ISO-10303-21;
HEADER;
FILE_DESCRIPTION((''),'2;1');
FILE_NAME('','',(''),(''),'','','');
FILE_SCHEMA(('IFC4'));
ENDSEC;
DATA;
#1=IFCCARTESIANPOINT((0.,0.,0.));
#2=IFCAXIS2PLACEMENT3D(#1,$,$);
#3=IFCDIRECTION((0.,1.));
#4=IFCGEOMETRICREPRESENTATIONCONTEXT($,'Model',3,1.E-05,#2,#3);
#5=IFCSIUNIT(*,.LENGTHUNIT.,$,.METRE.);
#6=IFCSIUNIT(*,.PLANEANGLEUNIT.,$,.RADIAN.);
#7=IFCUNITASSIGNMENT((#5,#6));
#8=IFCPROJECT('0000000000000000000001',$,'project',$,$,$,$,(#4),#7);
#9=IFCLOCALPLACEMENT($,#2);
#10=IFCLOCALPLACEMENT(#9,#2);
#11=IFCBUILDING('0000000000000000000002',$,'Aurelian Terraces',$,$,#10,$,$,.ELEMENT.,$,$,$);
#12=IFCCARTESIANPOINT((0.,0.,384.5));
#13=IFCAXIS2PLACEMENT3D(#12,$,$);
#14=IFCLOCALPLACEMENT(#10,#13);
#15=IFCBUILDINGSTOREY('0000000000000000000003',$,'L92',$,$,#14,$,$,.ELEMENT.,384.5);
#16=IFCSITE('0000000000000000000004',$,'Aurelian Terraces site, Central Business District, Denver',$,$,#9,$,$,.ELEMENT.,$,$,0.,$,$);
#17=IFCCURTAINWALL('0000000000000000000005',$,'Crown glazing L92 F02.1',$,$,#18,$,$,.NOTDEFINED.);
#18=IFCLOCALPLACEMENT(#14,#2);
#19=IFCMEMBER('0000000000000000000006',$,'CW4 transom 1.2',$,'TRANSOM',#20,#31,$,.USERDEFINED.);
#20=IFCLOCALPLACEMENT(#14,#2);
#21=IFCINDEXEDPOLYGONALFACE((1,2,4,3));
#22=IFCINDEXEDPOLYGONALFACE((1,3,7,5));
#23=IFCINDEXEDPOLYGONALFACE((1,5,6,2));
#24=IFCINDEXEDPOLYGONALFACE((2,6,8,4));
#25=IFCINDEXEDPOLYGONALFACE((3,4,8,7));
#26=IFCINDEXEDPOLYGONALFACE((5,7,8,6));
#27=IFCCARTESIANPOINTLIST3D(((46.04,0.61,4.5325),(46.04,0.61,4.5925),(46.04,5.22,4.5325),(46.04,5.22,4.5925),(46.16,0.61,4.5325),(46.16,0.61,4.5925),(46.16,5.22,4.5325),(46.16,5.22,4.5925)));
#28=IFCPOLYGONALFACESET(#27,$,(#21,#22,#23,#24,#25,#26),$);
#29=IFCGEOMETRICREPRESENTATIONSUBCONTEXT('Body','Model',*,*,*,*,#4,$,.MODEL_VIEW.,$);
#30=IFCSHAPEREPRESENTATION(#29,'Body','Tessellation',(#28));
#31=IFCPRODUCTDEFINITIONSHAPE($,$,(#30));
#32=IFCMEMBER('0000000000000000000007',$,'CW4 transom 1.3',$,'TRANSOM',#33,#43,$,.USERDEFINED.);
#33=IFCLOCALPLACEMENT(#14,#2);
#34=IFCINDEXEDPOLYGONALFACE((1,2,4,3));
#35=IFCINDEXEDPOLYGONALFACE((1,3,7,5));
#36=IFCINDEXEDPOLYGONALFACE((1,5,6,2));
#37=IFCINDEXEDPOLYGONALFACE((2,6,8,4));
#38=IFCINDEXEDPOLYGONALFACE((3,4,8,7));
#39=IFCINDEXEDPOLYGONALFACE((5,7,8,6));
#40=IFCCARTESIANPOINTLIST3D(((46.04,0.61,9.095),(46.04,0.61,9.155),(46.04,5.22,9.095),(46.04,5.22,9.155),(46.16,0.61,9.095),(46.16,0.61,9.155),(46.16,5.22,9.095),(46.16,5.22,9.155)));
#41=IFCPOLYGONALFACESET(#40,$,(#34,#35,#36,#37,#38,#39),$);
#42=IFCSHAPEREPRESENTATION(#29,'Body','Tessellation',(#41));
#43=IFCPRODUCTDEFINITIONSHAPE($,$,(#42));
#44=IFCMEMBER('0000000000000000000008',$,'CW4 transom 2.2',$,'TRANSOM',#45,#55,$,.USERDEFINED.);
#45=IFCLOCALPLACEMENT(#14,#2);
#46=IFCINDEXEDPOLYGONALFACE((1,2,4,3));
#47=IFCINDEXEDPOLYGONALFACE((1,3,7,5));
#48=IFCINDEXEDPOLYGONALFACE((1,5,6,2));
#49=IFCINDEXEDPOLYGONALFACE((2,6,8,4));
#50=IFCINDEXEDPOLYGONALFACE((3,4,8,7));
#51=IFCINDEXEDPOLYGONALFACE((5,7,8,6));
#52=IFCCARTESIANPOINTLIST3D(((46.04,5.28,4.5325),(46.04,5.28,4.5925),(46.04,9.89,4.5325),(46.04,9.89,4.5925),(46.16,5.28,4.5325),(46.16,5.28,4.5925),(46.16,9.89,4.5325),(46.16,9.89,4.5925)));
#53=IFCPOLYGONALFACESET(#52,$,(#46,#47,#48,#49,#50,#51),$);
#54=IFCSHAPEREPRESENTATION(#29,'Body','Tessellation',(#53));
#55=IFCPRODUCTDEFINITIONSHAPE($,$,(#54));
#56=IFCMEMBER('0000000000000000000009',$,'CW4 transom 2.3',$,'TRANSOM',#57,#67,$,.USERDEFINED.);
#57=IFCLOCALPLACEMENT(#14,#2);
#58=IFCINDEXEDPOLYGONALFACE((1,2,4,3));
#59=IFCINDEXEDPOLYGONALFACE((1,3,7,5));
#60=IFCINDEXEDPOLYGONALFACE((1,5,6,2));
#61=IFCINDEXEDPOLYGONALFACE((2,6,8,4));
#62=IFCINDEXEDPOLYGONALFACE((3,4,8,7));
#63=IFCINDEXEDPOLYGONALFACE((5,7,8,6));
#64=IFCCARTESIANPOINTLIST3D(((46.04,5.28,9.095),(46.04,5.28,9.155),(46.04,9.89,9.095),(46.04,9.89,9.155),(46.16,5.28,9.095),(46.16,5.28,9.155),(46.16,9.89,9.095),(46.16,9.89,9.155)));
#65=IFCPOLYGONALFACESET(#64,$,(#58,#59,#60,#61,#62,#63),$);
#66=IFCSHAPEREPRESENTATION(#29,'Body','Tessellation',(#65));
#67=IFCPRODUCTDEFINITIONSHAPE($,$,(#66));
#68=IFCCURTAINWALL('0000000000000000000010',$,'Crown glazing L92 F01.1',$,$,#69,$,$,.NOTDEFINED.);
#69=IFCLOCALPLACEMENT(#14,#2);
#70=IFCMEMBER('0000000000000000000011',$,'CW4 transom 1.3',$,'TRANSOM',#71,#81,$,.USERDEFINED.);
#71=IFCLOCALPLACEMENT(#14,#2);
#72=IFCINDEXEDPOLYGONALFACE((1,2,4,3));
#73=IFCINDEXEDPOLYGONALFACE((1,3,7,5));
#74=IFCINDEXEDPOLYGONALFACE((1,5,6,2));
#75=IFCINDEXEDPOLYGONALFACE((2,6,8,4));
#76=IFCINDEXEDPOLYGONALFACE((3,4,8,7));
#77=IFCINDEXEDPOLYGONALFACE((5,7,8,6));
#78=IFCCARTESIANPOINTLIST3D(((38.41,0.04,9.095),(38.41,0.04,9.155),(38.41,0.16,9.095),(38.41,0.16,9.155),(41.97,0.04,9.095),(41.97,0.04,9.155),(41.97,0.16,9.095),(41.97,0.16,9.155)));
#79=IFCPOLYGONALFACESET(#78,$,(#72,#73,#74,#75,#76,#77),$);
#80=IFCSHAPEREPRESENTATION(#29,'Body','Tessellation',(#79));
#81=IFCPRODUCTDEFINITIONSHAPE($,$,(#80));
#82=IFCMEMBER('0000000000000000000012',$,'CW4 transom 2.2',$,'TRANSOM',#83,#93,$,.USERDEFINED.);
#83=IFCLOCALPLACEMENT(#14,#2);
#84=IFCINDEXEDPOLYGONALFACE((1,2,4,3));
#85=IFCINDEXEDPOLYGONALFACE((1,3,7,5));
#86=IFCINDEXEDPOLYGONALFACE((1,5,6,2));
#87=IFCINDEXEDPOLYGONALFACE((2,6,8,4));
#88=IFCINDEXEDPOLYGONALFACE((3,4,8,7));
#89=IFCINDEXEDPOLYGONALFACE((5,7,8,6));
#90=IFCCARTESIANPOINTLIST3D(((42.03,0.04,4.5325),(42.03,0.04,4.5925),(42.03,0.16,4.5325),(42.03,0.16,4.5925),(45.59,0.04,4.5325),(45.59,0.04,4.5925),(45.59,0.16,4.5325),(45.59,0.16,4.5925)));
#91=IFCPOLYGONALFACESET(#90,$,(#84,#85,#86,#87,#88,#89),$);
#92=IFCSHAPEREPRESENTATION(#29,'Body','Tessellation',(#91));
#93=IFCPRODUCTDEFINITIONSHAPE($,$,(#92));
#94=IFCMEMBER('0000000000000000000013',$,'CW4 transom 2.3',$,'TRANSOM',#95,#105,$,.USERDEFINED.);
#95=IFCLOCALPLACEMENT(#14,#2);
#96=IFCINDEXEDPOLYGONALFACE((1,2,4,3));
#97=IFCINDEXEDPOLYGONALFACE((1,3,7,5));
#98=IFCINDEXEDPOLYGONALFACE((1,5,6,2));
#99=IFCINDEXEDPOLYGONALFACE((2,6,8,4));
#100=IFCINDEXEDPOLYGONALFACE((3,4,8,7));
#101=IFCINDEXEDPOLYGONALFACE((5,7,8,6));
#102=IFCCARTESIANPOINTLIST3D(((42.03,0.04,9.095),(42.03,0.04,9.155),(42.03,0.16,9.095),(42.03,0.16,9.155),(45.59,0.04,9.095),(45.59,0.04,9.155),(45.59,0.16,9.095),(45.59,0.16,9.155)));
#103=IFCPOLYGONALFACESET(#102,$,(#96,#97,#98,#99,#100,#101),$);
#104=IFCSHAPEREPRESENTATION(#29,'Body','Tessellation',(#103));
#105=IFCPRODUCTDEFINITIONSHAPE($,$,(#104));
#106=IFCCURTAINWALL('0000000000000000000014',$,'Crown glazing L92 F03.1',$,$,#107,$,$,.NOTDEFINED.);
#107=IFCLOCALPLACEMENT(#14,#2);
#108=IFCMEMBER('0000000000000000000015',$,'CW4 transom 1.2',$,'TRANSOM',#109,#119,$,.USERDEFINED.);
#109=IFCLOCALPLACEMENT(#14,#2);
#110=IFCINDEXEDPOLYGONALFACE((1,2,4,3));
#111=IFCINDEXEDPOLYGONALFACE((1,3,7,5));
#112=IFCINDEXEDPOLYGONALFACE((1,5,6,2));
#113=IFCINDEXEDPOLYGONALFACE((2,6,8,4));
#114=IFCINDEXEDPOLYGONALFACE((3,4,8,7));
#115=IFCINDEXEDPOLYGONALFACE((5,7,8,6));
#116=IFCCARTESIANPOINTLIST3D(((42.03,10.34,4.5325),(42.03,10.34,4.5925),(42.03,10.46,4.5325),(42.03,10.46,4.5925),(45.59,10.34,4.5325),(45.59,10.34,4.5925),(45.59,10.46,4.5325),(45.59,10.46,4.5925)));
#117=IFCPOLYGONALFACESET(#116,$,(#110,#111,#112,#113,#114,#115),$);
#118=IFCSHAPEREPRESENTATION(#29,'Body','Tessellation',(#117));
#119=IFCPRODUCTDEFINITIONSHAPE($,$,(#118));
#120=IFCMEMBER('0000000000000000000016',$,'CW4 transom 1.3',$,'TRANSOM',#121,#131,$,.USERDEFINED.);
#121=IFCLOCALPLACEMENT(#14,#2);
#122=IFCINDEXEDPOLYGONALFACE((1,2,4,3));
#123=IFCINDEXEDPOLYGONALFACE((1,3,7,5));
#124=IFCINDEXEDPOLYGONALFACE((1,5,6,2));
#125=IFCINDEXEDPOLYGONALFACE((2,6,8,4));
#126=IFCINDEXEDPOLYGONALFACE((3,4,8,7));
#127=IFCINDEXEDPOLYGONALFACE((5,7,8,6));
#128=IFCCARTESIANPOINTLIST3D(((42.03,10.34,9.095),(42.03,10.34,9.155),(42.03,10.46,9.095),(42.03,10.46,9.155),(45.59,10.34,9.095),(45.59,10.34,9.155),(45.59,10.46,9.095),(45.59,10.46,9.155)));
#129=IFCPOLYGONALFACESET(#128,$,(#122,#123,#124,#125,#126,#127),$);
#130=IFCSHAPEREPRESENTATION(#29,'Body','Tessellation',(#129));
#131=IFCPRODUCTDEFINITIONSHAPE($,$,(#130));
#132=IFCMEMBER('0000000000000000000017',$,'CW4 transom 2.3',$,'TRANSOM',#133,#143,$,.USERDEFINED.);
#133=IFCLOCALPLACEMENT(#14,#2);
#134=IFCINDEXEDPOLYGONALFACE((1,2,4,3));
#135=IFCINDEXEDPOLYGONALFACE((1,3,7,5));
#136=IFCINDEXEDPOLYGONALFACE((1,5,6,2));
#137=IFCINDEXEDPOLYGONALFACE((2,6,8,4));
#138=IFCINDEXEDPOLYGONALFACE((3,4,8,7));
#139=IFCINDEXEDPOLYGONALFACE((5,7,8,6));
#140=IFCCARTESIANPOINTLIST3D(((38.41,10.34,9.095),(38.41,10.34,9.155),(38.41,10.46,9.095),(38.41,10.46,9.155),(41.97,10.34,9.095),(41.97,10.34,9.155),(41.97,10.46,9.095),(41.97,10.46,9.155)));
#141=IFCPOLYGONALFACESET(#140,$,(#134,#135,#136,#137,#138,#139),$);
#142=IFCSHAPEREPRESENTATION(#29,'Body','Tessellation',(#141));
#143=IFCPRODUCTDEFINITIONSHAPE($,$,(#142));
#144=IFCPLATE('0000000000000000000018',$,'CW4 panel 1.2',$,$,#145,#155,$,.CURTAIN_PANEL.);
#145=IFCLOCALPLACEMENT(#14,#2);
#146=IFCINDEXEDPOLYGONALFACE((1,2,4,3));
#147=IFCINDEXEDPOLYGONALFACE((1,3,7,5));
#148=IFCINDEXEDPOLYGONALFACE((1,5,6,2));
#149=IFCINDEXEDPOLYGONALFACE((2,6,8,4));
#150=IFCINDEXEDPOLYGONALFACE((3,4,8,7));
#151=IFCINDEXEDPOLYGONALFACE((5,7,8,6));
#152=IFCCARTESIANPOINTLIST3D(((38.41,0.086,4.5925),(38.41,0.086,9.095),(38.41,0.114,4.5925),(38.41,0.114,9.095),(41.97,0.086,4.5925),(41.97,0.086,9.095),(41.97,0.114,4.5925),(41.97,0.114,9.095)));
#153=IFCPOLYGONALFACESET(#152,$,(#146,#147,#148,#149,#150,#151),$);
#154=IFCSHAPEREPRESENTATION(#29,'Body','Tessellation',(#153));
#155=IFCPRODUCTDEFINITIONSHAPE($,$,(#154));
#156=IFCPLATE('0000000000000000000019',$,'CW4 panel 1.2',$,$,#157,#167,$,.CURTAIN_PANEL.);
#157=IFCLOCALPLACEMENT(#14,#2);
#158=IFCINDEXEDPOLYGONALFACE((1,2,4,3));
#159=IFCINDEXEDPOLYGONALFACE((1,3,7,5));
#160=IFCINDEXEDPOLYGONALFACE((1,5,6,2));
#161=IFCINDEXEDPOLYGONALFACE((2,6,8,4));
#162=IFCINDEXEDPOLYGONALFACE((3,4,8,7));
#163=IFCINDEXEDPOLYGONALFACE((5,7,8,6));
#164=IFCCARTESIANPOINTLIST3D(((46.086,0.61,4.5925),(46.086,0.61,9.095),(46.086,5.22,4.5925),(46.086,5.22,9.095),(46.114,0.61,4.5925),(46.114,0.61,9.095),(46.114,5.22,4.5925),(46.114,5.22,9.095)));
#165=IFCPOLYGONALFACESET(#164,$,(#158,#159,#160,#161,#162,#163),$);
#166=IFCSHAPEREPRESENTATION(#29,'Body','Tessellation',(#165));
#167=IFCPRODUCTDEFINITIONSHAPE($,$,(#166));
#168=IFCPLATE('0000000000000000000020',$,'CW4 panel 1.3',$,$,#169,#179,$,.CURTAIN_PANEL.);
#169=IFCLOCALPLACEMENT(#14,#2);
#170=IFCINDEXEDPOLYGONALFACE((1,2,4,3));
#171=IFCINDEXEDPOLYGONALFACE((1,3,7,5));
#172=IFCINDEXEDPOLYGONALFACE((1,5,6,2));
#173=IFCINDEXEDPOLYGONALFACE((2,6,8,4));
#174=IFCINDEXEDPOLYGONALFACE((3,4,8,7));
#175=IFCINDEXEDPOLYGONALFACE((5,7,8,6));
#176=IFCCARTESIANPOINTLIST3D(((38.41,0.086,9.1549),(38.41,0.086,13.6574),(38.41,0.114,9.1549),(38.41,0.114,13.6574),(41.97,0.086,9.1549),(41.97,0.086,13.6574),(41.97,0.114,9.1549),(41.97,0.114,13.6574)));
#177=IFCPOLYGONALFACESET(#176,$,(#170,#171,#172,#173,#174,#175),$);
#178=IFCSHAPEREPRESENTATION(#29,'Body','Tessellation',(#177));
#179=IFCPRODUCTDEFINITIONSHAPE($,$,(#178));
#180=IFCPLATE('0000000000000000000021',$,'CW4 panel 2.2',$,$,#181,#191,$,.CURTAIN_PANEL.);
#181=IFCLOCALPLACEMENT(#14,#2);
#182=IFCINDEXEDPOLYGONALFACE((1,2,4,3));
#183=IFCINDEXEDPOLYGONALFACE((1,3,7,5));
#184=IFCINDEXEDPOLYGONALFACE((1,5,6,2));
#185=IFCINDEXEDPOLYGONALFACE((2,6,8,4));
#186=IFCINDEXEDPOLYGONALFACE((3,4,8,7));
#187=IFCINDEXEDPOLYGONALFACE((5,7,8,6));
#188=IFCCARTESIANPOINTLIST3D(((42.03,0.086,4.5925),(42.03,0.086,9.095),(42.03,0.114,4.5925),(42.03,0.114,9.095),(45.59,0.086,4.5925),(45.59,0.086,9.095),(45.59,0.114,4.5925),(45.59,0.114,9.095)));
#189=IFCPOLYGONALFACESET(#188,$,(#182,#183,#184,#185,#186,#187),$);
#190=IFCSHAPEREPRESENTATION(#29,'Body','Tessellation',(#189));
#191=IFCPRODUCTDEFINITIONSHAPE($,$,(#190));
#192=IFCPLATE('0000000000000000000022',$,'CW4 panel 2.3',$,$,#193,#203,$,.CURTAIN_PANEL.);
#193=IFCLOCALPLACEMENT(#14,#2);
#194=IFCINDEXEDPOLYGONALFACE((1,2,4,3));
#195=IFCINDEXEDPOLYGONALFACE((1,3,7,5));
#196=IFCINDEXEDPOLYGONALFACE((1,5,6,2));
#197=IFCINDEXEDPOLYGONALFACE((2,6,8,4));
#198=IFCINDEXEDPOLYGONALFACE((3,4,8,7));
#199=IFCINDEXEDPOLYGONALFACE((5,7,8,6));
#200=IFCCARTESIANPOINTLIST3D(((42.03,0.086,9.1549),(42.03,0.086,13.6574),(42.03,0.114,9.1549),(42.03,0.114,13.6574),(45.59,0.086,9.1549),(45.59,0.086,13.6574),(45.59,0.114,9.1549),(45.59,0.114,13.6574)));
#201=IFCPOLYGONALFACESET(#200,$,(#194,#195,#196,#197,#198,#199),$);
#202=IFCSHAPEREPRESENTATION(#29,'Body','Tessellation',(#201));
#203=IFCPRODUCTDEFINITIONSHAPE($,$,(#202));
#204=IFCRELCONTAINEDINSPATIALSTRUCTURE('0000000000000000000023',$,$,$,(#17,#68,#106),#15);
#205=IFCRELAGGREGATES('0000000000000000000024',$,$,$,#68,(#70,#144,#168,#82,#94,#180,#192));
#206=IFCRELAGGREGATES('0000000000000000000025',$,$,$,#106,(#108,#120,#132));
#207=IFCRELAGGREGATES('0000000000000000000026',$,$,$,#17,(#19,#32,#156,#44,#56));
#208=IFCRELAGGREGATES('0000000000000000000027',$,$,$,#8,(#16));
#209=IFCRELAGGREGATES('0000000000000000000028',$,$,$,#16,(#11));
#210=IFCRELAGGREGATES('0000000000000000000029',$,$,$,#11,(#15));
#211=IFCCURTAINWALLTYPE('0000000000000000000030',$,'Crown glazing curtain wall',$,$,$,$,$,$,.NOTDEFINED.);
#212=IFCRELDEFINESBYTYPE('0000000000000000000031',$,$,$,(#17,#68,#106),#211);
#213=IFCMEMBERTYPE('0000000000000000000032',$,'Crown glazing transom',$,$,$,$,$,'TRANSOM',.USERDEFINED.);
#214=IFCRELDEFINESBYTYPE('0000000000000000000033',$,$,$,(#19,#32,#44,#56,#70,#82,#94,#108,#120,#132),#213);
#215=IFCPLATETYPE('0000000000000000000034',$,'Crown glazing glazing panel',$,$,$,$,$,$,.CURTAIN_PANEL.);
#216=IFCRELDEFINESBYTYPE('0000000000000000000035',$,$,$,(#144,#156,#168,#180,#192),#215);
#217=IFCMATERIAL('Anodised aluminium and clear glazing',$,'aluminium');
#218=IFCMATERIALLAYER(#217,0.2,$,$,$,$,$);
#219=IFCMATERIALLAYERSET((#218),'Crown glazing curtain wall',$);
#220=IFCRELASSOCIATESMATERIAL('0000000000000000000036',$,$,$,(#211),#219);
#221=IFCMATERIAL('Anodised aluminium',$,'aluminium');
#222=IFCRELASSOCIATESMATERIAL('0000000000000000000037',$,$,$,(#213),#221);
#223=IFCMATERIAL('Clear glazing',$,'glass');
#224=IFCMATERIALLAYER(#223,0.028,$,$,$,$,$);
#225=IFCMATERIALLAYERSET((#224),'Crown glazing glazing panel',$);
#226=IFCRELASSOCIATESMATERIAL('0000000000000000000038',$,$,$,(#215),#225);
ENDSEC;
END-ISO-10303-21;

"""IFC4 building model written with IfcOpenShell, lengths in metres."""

from ifc_helpers import new_model, si_unit, direction, frame, origin, origin_2d, place, context, subcontext, project, spatial, rectangle, extrude, source, transform, mapped, material, layer, layer_set, material_profile, profile_set, type_object, element, aggregate, save


model = new_model("IFC4")

# Units and contexts
model_context = context("Model", 3, precision=1e-05, world=origin(), true_north=direction((0.0, 1.0)))
body_context = subcontext(model_context, "Body", "Model", "MODEL_VIEW")
ifc_project = project(units=[si_unit("LENGTHUNIT", "METRE"), si_unit("PLANEANGLEUNIT", "RADIAN")], contexts=[model_context])

# Site, building, storey
site_placement = place(None, origin())
site = spatial("IfcSite", under=ifc_project, at=site_placement, Name="Aurelian Terraces site, Central Business District, Denver", CompositionType="ELEMENT", RefElevation=0.0)
building_placement = place(site_placement, origin())
building = spatial("IfcBuilding", under=site, at=building_placement, Name="Aurelian Terraces", CompositionType="ELEMENT")
storey_placement = place(building_placement, frame((0.0, 0.0, 384.5)))
storey = spatial("IfcBuildingStorey", under=building, at=storey_placement, Name="L92", CompositionType="ELEMENT", Elevation=384.5)

# Curtain walls, members
ifc_material_1 = material(Name="Anodised aluminium and clear glazing", Category="aluminium")
ifc_layer_1 = layer(ifc_material_1, 0.2)
ifc_layer_set_1 = layer_set([ifc_layer_1], Name="Crown glazing curtain wall")
curtain_wall_type = type_object("IfcCurtainWallType", Name="Crown glazing curtain wall", PredefinedType="NOTDEFINED", material=ifc_layer_set_1)
curtain_wall_1_placement = place(storey_placement, origin())
curtain_wall_1 = element("IfcCurtainWall", 1, at=curtain_wall_1_placement, inside=storey, type_object=curtain_wall_type, Name="Crown glazing L92 F02.1", PredefinedType="NOTDEFINED")
ifc_material_2 = material(Name="Anodised aluminium", Category="aluminium")
ifc_material_profile = material_profile(ifc_material_2, rectangle(XDim=0.12, YDim=0.06, at=origin_2d()))
ifc_profile_set = profile_set([ifc_material_profile], Name="Anodised aluminium")
member_type = type_object("IfcMemberType", Name="Crown glazing transom", ElementType="TRANSOM", PredefinedType="USERDEFINED", material=ifc_profile_set)
shared_shape_1 = source(origin(), body_context, "Body", "SweptSolid", [
    extrude(rectangle(XDim=0.12, YDim=0.06, at=origin_2d()), origin(), (0.0, 0.0, 1.0), 4.61),
])
member_1_placement = place(storey_placement, frame((46.1, 0.61, 4.5625), z_axis=(0.0, 1.0, 0.0), x_axis=(-1.0, 0.0, 0.0)))
member_1 = element("IfcMember", 2, at=member_1_placement, type_object=member_type, Name="CW4 transom 1.2", ObjectType="TRANSOM", PredefinedType="USERDEFINED", context=body_context, shape_type="MappedRepresentation", body=[
    mapped(shared_shape_1, transform((0.0, 0.0, 0.0), scale=1.0)),
])
member_2_placement = place(storey_placement, frame((46.1, 0.61, 9.125), z_axis=(0.0, 1.0, 0.0), x_axis=(-1.0, 0.0, 0.0)))
member_2 = element("IfcMember", 3, at=member_2_placement, type_object=member_type, Name="CW4 transom 1.3", ObjectType="TRANSOM", PredefinedType="USERDEFINED", context=body_context, shape_type="MappedRepresentation", body=[
    mapped(shared_shape_1, transform((0.0, 0.0, 0.0), scale=1.0)),
])
member_3_placement = place(storey_placement, frame((46.1, 5.28, 4.5625), z_axis=(0.0, 1.0, 0.0), x_axis=(-1.0, 0.0, 0.0)))
member_3 = element("IfcMember", 4, at=member_3_placement, type_object=member_type, Name="CW4 transom 2.2", ObjectType="TRANSOM", PredefinedType="USERDEFINED", context=body_context, shape_type="MappedRepresentation", body=[
    mapped(shared_shape_1, transform((0.0, 0.0, 0.0), scale=1.0)),
])
member_4_placement = place(storey_placement, frame((46.1, 5.28, 9.125), z_axis=(0.0, 1.0, 0.0), x_axis=(-1.0, 0.0, 0.0)))
member_4 = element("IfcMember", 5, at=member_4_placement, type_object=member_type, Name="CW4 transom 2.3", ObjectType="TRANSOM", PredefinedType="USERDEFINED", context=body_context, shape_type="MappedRepresentation", body=[
    mapped(shared_shape_1, transform((0.0, 0.0, 0.0), scale=1.0)),
])
curtain_wall_2_placement = place(storey_placement, origin())
curtain_wall_2 = element("IfcCurtainWall", 6, at=curtain_wall_2_placement, inside=storey, type_object=curtain_wall_type, Name="Crown glazing L92 F01.1", PredefinedType="NOTDEFINED")
shared_shape_2 = source(origin(), body_context, "Body", "SweptSolid", [
    extrude(rectangle(XDim=0.12, YDim=0.06, at=origin_2d()), origin(), (0.0, 0.0, 1.0), 3.56),
])
member_5_placement = place(storey_placement, frame((38.41, 0.1, 9.125), z_axis=(1.0, 0.0, 0.0), x_axis=(0.0, 1.0, 0.0)))
member_5 = element("IfcMember", 7, at=member_5_placement, type_object=member_type, Name="CW4 transom 1.3", ObjectType="TRANSOM", PredefinedType="USERDEFINED", context=body_context, shape_type="MappedRepresentation", body=[
    mapped(shared_shape_2, transform((0.0, 0.0, 0.0), scale=1.0)),
])
member_6_placement = place(storey_placement, frame((42.03, 0.1, 4.5625), z_axis=(1.0, 0.0, 0.0), x_axis=(0.0, 1.0, 0.0)))
member_6 = element("IfcMember", 8, at=member_6_placement, type_object=member_type, Name="CW4 transom 2.2", ObjectType="TRANSOM", PredefinedType="USERDEFINED", context=body_context, shape_type="MappedRepresentation", body=[
    mapped(shared_shape_2, transform((0.0, 0.0, 0.0), scale=1.0)),
])
member_7_placement = place(storey_placement, frame((42.03, 0.1, 9.125), z_axis=(1.0, 0.0, 0.0), x_axis=(0.0, 1.0, 0.0)))
member_7 = element("IfcMember", 9, at=member_7_placement, type_object=member_type, Name="CW4 transom 2.3", ObjectType="TRANSOM", PredefinedType="USERDEFINED", context=body_context, shape_type="MappedRepresentation", body=[
    mapped(shared_shape_2, transform((0.0, 0.0, 0.0), scale=1.0)),
])
curtain_wall_3_placement = place(storey_placement, origin())
curtain_wall_3 = element("IfcCurtainWall", 10, at=curtain_wall_3_placement, inside=storey, type_object=curtain_wall_type, Name="Crown glazing L92 F03.1", PredefinedType="NOTDEFINED")
member_8_placement = place(storey_placement, frame((45.59, 10.4, 4.5625), z_axis=(-1.0, 0.0, 0.0), x_axis=(0.0, -1.0, 0.0)))
member_8 = element("IfcMember", 11, at=member_8_placement, type_object=member_type, Name="CW4 transom 1.2", ObjectType="TRANSOM", PredefinedType="USERDEFINED", context=body_context, shape_type="MappedRepresentation", body=[
    mapped(shared_shape_2, transform((0.0, 0.0, 0.0), scale=1.0)),
])
member_9_placement = place(storey_placement, frame((45.59, 10.4, 9.125), z_axis=(-1.0, 0.0, 0.0), x_axis=(0.0, -1.0, 0.0)))
member_9 = element("IfcMember", 12, at=member_9_placement, type_object=member_type, Name="CW4 transom 1.3", ObjectType="TRANSOM", PredefinedType="USERDEFINED", context=body_context, shape_type="MappedRepresentation", body=[
    mapped(shared_shape_2, transform((0.0, 0.0, 0.0), scale=1.0)),
])
member_10_placement = place(storey_placement, frame((41.97, 10.4, 9.125), z_axis=(-1.0, 0.0, 0.0), x_axis=(0.0, -1.0, 0.0)))
member_10 = element("IfcMember", 13, at=member_10_placement, type_object=member_type, Name="CW4 transom 2.3", ObjectType="TRANSOM", PredefinedType="USERDEFINED", context=body_context, shape_type="MappedRepresentation", body=[
    mapped(shared_shape_2, transform((0.0, 0.0, 0.0), scale=1.0)),
])

# Plates
ifc_material_3 = material(Name="Clear glazing", Category="glass")
ifc_layer_2 = layer(ifc_material_3, 0.028)
ifc_layer_set_2 = layer_set([ifc_layer_2], Name="Crown glazing glazing panel")
plate_type = type_object("IfcPlateType", Name="Crown glazing glazing panel", PredefinedType="CURTAIN_PANEL", material=ifc_layer_set_2)
plate_1_placement = place(storey_placement, frame((40.19, 0.1, 4.5925), z_axis=(0.0, 0.0, 1.0), x_axis=(1.0, 0.0, 0.0)))
plate_1 = element("IfcPlate", 14, at=plate_1_placement, type_object=plate_type, Name="CW4 panel 1.2", PredefinedType="CURTAIN_PANEL", context=body_context, shape_type="SweptSolid", body=[
    extrude(rectangle(XDim=3.56, YDim=0.028, at=origin_2d()), origin(), (0.0, 0.0, 1.0), 4.5025),
])
plate_2_placement = place(storey_placement, frame((46.1, 2.915, 4.5925), z_axis=(0.0, 0.0, 1.0), x_axis=(0.0, 1.0, 0.0)))
plate_2 = element("IfcPlate", 15, at=plate_2_placement, type_object=plate_type, Name="CW4 panel 1.2", PredefinedType="CURTAIN_PANEL", context=body_context, shape_type="SweptSolid", body=[
    extrude(rectangle(XDim=4.61, YDim=0.028, at=origin_2d()), origin(), (0.0, 0.0, 1.0), 4.5025),
])
shared_shape_3 = source(origin(), body_context, "Body", "SweptSolid", [
    extrude(rectangle(XDim=3.56, YDim=0.028, at=origin_2d()), origin(), (0.0, 0.0, 1.0), 4.5025),
])
plate_3_placement = place(storey_placement, frame((40.19, 0.1, 9.1549), z_axis=(0.0, 0.0, 1.0), x_axis=(1.0, 0.0, 0.0)))
plate_3 = element("IfcPlate", 16, at=plate_3_placement, type_object=plate_type, Name="CW4 panel 1.3", PredefinedType="CURTAIN_PANEL", context=body_context, shape_type="MappedRepresentation", body=[
    mapped(shared_shape_3, transform((0.0, 0.0, 0.0), scale=1.0)),
])
plate_4_placement = place(storey_placement, frame((43.81, 0.1, 4.5925), z_axis=(0.0, 0.0, 1.0), x_axis=(1.0, 0.0, 0.0)))
plate_4 = element("IfcPlate", 17, at=plate_4_placement, type_object=plate_type, Name="CW4 panel 2.2", PredefinedType="CURTAIN_PANEL", context=body_context, shape_type="MappedRepresentation", body=[
    mapped(shared_shape_3, transform((0.0, 0.0, 0.0), scale=1.0)),
])
plate_5_placement = place(storey_placement, frame((43.81, 0.1, 9.1549), z_axis=(0.0, 0.0, 1.0), x_axis=(1.0, 0.0, 0.0)))
plate_5 = element("IfcPlate", 18, at=plate_5_placement, type_object=plate_type, Name="CW4 panel 2.3", PredefinedType="CURTAIN_PANEL", context=body_context, shape_type="MappedRepresentation", body=[
    mapped(shared_shape_3, transform((0.0, 0.0, 0.0), scale=1.0)),
])
aggregate(curtain_wall_2, [member_5, plate_1, plate_3, member_6, member_7, plate_4, plate_5])
aggregate(curtain_wall_3, [member_8, member_9, member_10])
aggregate(curtain_wall_1, [member_1, member_2, plate_2, member_3, member_4])

save(model, "model.ifc")
